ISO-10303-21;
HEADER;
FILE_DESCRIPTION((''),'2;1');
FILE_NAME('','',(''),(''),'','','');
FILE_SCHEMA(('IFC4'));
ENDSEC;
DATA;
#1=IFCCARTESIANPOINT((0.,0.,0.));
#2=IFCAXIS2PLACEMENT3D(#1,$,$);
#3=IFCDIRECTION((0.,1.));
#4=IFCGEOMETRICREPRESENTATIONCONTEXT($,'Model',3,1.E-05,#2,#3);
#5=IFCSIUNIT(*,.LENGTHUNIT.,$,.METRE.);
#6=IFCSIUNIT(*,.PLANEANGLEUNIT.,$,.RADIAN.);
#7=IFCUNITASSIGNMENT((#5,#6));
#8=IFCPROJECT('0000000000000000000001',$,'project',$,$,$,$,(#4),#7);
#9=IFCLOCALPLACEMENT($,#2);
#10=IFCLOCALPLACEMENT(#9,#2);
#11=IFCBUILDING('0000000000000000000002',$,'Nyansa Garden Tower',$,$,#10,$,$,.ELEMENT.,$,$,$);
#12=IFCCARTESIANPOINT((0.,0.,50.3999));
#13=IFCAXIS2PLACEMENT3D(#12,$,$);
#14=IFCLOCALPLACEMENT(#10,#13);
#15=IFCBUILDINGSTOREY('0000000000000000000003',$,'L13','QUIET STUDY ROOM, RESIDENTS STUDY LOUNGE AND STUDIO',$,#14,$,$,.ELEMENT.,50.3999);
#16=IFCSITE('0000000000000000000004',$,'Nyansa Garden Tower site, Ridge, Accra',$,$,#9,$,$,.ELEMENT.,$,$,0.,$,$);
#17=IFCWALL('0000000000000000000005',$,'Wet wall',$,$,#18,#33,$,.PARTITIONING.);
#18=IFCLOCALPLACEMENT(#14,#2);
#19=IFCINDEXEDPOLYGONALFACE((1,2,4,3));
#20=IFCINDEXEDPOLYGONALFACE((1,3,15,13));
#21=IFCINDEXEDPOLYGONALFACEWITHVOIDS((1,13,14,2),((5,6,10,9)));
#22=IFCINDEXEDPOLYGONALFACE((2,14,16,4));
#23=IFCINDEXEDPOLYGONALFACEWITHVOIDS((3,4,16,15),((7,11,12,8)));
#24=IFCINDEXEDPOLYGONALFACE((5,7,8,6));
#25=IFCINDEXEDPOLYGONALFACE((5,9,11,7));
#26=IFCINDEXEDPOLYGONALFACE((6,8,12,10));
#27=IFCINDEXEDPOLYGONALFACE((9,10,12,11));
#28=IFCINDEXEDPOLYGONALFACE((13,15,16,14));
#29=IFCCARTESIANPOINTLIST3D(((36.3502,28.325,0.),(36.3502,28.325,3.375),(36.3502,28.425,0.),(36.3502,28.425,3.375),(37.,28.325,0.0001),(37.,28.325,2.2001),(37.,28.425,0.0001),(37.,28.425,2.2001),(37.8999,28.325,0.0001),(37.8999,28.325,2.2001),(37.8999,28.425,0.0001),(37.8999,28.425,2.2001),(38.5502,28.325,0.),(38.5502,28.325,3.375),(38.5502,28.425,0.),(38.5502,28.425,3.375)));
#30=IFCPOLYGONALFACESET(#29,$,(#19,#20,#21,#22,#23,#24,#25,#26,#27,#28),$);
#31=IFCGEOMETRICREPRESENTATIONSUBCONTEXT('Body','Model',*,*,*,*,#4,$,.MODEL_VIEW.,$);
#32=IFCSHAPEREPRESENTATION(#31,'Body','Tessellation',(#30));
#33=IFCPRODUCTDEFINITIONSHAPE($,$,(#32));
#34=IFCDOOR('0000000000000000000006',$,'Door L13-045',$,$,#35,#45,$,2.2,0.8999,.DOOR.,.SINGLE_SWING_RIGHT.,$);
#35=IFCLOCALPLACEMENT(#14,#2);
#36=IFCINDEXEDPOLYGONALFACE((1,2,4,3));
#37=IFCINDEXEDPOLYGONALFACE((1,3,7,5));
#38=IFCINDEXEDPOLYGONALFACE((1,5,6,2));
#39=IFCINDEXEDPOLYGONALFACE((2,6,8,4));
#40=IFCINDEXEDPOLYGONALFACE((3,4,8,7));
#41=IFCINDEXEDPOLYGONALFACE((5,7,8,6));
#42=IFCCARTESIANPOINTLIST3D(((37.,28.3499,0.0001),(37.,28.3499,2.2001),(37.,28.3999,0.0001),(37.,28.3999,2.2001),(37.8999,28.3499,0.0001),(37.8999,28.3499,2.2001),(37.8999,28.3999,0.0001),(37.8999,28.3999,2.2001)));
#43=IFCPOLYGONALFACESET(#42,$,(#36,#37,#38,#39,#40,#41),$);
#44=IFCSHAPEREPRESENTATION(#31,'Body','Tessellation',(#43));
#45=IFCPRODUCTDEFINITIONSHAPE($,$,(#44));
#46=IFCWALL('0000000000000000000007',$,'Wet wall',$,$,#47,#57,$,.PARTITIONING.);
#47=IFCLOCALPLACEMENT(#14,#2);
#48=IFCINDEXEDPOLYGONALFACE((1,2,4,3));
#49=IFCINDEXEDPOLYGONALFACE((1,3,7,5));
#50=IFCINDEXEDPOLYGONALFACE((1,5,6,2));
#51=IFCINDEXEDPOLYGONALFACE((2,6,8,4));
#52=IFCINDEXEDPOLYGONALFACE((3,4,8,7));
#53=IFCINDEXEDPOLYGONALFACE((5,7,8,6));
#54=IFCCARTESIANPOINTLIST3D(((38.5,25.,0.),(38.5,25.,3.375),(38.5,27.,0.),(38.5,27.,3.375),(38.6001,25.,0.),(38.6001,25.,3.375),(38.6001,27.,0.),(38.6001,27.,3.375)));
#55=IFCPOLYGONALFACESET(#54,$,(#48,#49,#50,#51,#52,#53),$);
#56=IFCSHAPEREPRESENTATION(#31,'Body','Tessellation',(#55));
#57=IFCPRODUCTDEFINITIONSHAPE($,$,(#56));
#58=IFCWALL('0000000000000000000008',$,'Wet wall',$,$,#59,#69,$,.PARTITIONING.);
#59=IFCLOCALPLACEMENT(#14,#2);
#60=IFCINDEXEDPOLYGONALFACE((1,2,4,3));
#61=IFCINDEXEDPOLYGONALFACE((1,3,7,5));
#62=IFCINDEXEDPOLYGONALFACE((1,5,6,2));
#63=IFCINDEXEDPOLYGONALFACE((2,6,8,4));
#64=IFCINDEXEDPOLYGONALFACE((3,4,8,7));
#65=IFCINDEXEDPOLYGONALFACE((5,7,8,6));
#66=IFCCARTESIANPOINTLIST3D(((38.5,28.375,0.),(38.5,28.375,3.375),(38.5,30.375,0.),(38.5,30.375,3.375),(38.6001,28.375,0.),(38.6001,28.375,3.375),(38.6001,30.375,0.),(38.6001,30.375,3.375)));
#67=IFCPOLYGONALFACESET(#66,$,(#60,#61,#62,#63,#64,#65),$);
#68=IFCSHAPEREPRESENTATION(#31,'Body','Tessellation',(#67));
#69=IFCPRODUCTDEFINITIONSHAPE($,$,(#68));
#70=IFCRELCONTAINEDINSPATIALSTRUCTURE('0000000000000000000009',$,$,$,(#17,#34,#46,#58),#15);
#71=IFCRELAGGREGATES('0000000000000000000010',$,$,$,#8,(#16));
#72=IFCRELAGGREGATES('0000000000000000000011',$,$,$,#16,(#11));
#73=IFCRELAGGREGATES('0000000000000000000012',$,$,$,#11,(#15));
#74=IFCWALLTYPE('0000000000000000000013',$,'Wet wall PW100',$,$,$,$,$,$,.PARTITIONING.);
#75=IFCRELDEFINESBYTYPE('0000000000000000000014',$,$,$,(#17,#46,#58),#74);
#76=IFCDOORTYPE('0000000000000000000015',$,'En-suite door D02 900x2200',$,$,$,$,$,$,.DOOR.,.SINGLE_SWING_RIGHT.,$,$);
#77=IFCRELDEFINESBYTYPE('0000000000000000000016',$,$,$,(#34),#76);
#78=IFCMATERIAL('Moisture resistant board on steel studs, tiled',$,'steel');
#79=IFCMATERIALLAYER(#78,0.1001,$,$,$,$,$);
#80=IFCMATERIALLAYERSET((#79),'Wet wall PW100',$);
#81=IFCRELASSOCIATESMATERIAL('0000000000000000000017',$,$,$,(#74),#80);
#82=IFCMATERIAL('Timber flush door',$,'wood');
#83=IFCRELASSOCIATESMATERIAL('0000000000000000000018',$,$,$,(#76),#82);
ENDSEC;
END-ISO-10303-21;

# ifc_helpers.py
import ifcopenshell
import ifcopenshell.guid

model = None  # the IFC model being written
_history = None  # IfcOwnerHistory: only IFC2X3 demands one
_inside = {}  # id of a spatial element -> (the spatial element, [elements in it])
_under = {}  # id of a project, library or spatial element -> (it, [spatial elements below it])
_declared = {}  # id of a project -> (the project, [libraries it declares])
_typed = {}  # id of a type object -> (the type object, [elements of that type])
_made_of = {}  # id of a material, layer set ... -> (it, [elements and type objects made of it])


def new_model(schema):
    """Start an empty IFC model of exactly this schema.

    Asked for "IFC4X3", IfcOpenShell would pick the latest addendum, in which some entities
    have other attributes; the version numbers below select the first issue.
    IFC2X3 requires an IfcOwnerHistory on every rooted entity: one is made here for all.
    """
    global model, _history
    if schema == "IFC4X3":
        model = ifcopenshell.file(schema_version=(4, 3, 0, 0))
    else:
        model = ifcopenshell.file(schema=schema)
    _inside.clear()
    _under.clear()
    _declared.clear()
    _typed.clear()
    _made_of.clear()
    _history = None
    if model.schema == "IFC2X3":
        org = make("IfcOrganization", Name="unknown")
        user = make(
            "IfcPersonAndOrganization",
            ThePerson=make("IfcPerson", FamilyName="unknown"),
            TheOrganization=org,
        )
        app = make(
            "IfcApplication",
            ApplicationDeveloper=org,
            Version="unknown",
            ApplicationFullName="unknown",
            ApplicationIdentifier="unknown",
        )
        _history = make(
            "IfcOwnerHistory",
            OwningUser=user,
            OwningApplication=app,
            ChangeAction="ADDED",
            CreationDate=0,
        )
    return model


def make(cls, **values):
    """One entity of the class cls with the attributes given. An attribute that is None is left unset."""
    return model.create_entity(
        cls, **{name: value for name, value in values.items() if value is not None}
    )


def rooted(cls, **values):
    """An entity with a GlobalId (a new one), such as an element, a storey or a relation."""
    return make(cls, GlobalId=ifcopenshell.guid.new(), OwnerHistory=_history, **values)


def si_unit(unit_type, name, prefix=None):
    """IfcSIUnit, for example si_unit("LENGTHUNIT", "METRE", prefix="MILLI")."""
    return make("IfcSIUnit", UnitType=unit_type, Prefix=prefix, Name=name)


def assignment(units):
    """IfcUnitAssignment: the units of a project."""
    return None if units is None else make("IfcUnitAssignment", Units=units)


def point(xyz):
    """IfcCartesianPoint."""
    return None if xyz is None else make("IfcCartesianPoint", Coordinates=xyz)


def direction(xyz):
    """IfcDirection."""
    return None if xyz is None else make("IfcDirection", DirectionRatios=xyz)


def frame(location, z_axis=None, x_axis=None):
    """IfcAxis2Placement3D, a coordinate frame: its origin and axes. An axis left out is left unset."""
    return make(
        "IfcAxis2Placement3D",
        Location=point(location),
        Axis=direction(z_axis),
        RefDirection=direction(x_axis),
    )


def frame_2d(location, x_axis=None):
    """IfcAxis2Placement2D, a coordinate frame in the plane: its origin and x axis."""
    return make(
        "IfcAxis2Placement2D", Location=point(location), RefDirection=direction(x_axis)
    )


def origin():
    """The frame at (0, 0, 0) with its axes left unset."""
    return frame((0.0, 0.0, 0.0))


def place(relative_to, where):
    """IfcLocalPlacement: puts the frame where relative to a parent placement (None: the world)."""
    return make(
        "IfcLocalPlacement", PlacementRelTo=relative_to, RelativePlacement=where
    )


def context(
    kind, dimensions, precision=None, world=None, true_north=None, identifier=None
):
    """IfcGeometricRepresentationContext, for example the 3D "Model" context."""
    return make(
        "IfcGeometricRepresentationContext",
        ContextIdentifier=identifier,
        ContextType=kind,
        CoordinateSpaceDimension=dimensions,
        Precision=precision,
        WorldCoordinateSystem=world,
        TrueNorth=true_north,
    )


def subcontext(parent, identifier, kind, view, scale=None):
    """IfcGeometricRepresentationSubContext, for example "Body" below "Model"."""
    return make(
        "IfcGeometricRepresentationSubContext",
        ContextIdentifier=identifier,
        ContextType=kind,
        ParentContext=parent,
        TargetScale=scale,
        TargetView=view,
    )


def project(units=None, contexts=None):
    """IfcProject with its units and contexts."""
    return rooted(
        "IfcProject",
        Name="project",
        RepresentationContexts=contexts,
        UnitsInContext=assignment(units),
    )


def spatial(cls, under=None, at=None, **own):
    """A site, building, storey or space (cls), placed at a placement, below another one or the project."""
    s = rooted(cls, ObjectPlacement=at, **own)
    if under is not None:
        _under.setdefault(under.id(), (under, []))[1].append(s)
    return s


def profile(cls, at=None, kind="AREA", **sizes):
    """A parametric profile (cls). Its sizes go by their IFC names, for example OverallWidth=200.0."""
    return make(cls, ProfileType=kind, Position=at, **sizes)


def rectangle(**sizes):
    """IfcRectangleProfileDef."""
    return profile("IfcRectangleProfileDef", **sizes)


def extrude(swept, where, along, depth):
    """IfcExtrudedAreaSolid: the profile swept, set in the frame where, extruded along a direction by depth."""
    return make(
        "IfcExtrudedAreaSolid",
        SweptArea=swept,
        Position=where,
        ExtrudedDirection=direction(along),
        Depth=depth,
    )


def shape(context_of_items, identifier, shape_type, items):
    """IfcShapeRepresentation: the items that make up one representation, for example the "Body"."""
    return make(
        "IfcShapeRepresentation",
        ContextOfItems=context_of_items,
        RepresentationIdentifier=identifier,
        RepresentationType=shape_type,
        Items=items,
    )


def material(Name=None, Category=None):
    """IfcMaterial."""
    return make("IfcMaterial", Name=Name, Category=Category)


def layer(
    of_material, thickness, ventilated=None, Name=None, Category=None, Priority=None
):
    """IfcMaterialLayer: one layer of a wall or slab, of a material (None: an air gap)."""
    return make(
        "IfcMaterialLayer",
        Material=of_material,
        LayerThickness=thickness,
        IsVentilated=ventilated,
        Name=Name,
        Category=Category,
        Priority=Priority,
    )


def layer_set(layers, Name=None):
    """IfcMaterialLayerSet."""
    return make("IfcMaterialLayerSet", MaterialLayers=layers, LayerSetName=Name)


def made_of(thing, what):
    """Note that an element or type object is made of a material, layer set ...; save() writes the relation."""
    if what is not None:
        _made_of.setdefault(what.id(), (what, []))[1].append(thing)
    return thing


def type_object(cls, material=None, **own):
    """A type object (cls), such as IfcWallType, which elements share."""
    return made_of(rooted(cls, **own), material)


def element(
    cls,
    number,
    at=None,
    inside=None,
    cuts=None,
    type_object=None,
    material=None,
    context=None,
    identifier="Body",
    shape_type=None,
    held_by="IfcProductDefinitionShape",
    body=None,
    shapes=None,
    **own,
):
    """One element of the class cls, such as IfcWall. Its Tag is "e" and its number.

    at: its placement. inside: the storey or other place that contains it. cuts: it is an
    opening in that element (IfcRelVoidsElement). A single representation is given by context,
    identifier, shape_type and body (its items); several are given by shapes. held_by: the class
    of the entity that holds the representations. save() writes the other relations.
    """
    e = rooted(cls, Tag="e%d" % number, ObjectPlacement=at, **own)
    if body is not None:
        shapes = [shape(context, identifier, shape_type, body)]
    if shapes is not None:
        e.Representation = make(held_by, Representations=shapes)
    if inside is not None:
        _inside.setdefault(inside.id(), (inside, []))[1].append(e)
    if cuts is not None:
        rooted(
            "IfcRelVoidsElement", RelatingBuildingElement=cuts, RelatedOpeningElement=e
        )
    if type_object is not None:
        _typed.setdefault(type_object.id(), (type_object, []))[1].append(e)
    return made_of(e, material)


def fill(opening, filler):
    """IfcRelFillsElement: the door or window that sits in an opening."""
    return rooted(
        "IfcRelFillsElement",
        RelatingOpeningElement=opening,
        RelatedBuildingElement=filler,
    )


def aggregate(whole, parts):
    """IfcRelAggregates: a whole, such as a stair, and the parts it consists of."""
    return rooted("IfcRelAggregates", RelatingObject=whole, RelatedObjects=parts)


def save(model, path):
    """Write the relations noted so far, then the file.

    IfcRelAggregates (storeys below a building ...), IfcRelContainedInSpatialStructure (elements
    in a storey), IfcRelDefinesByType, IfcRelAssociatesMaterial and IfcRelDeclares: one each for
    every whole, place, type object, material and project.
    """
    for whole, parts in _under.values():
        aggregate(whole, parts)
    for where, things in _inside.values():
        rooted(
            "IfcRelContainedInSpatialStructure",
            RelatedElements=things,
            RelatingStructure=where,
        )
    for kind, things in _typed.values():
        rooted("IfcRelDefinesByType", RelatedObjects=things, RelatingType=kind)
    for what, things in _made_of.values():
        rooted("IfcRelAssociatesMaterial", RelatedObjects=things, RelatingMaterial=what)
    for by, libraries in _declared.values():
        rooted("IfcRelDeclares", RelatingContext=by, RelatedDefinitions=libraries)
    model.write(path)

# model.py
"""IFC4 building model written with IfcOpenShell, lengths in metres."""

from ifc_helpers import new_model, si_unit, direction, frame, frame_2d, origin, place, context, subcontext, project, spatial, rectangle, extrude, material, layer, layer_set, type_object, element, fill, save


model = new_model("IFC4")

# Units and contexts
model_context = context("Model", 3, precision=1e-05, world=origin(), true_north=direction((0.0, 1.0)))
body_context = subcontext(model_context, "Body", "Model", "MODEL_VIEW")
ifc_project = project(units=[si_unit("LENGTHUNIT", "METRE"), si_unit("PLANEANGLEUNIT", "RADIAN")], contexts=[model_context])

# Site, building, storey
site_placement = place(None, origin())
site = spatial("IfcSite", under=ifc_project, at=site_placement, Name="Nyansa Garden Tower site, Ridge, Accra", CompositionType="ELEMENT", RefElevation=0.0)
building_placement = place(site_placement, origin())
building = spatial("IfcBuilding", under=site, at=building_placement, Name="Nyansa Garden Tower", CompositionType="ELEMENT")
storey_placement = place(building_placement, frame((0.0, 0.0, 50.3999)))
storey = spatial("IfcBuildingStorey", under=building, at=storey_placement, Name="L13", Description="QUIET STUDY ROOM, RESIDENTS STUDY LOUNGE AND STUDIO", CompositionType="ELEMENT", Elevation=50.3999)

# Wall, opening, door
ifc_material_1 = material(Name="Moisture resistant board on steel studs, tiled", Category="steel")
ifc_layer_1 = layer(ifc_material_1, 0.1001)
ifc_layer_set_1 = layer_set([ifc_layer_1], Name="Wet wall PW100")
wall_type_1 = type_object("IfcWallType", Name="Wet wall PW100", PredefinedType="PARTITIONING", material=ifc_layer_set_1)
ifc_material_2 = material(Name="Timber flush door", Category="wood")
door_type_1 = type_object("IfcDoorType", Name="En-suite door D02 900x2200", OperationType="SINGLE_SWING_RIGHT", PredefinedType="DOOR", material=ifc_material_2)
wall_1_placement = place(storey_placement, frame((36.3501, 28.375, 0.0), z_axis=(0.0, 0.0, 1.0), x_axis=(1.0, 0.0, 0.0)))
wall_1 = element("IfcWall", 1, at=wall_1_placement, inside=storey, type_object=wall_type_1, Name="Wet wall", PredefinedType="PARTITIONING", context=body_context, shape_type="SweptSolid", body=[
    extrude(rectangle(XDim=2.2, YDim=0.1001, at=frame_2d((1.1001, 0.0))), origin(), (0.0, 0.0, 1.0), 3.375),
])
opening_1_placement = place(wall_1_placement, frame((0.6499, 0.0, 0.0)))
opening_1 = element("IfcOpeningElement", 2, at=opening_1_placement, cuts=wall_1, PredefinedType="OPENING", context=body_context, shape_type="SweptSolid", body=[
    extrude(rectangle(XDim=0.8999, YDim=2.2, at=frame_2d((0.45, 1.1001))), frame((0.0, 0.0601, 0.0), z_axis=(0.0, -1.0, 0.0), x_axis=(1.0, 0.0, 0.0)), (0.0, 0.0, 1.0), 0.1201),
])
door_1_placement = place(opening_1_placement, origin())
door_1 = element("IfcDoor", 3, at=door_1_placement, inside=storey, type_object=door_type_1, Name="Door L13-045", OperationType="SINGLE_SWING_RIGHT", OverallHeight=2.2, OverallWidth=0.8999, PredefinedType="DOOR", context=body_context, shape_type="SweptSolid", body=[
    extrude(rectangle(XDim=0.8999, YDim=2.2, at=frame_2d((0.45, 1.1001))), frame((0.0, 0.0249, 0.0), z_axis=(0.0, -1.0, 0.0), x_axis=(1.0, 0.0, 0.0)), (0.0, 0.0, 1.0), 0.05),
])
fill(opening_1, door_1)

# Walls
for number, where, z_axis, x_axis, name in (
    (4, (38.55, 25.0, 0.0), (0.0, 0.0, 1.0), (0.0, 1.0, 0.0), "Wet wall"),
    (5, (38.55, 28.375, 0.0), (0.0, 0.0, 1.0), (0.0, 1.0, 0.0), "Wet wall"),
):
    element("IfcWall", number, at=place(storey_placement, frame(where, z_axis=z_axis, x_axis=x_axis)), inside=storey, type_object=wall_type_1, Name=name, PredefinedType="PARTITIONING", context=body_context, shape_type="SweptSolid", body=[
        extrude(rectangle(XDim=2.0, YDim=0.1001, at=frame_2d((1.0, 0.0))), origin(), (0.0, 0.0, 1.0), 3.375),
    ])

save(model, "model.ifc")
